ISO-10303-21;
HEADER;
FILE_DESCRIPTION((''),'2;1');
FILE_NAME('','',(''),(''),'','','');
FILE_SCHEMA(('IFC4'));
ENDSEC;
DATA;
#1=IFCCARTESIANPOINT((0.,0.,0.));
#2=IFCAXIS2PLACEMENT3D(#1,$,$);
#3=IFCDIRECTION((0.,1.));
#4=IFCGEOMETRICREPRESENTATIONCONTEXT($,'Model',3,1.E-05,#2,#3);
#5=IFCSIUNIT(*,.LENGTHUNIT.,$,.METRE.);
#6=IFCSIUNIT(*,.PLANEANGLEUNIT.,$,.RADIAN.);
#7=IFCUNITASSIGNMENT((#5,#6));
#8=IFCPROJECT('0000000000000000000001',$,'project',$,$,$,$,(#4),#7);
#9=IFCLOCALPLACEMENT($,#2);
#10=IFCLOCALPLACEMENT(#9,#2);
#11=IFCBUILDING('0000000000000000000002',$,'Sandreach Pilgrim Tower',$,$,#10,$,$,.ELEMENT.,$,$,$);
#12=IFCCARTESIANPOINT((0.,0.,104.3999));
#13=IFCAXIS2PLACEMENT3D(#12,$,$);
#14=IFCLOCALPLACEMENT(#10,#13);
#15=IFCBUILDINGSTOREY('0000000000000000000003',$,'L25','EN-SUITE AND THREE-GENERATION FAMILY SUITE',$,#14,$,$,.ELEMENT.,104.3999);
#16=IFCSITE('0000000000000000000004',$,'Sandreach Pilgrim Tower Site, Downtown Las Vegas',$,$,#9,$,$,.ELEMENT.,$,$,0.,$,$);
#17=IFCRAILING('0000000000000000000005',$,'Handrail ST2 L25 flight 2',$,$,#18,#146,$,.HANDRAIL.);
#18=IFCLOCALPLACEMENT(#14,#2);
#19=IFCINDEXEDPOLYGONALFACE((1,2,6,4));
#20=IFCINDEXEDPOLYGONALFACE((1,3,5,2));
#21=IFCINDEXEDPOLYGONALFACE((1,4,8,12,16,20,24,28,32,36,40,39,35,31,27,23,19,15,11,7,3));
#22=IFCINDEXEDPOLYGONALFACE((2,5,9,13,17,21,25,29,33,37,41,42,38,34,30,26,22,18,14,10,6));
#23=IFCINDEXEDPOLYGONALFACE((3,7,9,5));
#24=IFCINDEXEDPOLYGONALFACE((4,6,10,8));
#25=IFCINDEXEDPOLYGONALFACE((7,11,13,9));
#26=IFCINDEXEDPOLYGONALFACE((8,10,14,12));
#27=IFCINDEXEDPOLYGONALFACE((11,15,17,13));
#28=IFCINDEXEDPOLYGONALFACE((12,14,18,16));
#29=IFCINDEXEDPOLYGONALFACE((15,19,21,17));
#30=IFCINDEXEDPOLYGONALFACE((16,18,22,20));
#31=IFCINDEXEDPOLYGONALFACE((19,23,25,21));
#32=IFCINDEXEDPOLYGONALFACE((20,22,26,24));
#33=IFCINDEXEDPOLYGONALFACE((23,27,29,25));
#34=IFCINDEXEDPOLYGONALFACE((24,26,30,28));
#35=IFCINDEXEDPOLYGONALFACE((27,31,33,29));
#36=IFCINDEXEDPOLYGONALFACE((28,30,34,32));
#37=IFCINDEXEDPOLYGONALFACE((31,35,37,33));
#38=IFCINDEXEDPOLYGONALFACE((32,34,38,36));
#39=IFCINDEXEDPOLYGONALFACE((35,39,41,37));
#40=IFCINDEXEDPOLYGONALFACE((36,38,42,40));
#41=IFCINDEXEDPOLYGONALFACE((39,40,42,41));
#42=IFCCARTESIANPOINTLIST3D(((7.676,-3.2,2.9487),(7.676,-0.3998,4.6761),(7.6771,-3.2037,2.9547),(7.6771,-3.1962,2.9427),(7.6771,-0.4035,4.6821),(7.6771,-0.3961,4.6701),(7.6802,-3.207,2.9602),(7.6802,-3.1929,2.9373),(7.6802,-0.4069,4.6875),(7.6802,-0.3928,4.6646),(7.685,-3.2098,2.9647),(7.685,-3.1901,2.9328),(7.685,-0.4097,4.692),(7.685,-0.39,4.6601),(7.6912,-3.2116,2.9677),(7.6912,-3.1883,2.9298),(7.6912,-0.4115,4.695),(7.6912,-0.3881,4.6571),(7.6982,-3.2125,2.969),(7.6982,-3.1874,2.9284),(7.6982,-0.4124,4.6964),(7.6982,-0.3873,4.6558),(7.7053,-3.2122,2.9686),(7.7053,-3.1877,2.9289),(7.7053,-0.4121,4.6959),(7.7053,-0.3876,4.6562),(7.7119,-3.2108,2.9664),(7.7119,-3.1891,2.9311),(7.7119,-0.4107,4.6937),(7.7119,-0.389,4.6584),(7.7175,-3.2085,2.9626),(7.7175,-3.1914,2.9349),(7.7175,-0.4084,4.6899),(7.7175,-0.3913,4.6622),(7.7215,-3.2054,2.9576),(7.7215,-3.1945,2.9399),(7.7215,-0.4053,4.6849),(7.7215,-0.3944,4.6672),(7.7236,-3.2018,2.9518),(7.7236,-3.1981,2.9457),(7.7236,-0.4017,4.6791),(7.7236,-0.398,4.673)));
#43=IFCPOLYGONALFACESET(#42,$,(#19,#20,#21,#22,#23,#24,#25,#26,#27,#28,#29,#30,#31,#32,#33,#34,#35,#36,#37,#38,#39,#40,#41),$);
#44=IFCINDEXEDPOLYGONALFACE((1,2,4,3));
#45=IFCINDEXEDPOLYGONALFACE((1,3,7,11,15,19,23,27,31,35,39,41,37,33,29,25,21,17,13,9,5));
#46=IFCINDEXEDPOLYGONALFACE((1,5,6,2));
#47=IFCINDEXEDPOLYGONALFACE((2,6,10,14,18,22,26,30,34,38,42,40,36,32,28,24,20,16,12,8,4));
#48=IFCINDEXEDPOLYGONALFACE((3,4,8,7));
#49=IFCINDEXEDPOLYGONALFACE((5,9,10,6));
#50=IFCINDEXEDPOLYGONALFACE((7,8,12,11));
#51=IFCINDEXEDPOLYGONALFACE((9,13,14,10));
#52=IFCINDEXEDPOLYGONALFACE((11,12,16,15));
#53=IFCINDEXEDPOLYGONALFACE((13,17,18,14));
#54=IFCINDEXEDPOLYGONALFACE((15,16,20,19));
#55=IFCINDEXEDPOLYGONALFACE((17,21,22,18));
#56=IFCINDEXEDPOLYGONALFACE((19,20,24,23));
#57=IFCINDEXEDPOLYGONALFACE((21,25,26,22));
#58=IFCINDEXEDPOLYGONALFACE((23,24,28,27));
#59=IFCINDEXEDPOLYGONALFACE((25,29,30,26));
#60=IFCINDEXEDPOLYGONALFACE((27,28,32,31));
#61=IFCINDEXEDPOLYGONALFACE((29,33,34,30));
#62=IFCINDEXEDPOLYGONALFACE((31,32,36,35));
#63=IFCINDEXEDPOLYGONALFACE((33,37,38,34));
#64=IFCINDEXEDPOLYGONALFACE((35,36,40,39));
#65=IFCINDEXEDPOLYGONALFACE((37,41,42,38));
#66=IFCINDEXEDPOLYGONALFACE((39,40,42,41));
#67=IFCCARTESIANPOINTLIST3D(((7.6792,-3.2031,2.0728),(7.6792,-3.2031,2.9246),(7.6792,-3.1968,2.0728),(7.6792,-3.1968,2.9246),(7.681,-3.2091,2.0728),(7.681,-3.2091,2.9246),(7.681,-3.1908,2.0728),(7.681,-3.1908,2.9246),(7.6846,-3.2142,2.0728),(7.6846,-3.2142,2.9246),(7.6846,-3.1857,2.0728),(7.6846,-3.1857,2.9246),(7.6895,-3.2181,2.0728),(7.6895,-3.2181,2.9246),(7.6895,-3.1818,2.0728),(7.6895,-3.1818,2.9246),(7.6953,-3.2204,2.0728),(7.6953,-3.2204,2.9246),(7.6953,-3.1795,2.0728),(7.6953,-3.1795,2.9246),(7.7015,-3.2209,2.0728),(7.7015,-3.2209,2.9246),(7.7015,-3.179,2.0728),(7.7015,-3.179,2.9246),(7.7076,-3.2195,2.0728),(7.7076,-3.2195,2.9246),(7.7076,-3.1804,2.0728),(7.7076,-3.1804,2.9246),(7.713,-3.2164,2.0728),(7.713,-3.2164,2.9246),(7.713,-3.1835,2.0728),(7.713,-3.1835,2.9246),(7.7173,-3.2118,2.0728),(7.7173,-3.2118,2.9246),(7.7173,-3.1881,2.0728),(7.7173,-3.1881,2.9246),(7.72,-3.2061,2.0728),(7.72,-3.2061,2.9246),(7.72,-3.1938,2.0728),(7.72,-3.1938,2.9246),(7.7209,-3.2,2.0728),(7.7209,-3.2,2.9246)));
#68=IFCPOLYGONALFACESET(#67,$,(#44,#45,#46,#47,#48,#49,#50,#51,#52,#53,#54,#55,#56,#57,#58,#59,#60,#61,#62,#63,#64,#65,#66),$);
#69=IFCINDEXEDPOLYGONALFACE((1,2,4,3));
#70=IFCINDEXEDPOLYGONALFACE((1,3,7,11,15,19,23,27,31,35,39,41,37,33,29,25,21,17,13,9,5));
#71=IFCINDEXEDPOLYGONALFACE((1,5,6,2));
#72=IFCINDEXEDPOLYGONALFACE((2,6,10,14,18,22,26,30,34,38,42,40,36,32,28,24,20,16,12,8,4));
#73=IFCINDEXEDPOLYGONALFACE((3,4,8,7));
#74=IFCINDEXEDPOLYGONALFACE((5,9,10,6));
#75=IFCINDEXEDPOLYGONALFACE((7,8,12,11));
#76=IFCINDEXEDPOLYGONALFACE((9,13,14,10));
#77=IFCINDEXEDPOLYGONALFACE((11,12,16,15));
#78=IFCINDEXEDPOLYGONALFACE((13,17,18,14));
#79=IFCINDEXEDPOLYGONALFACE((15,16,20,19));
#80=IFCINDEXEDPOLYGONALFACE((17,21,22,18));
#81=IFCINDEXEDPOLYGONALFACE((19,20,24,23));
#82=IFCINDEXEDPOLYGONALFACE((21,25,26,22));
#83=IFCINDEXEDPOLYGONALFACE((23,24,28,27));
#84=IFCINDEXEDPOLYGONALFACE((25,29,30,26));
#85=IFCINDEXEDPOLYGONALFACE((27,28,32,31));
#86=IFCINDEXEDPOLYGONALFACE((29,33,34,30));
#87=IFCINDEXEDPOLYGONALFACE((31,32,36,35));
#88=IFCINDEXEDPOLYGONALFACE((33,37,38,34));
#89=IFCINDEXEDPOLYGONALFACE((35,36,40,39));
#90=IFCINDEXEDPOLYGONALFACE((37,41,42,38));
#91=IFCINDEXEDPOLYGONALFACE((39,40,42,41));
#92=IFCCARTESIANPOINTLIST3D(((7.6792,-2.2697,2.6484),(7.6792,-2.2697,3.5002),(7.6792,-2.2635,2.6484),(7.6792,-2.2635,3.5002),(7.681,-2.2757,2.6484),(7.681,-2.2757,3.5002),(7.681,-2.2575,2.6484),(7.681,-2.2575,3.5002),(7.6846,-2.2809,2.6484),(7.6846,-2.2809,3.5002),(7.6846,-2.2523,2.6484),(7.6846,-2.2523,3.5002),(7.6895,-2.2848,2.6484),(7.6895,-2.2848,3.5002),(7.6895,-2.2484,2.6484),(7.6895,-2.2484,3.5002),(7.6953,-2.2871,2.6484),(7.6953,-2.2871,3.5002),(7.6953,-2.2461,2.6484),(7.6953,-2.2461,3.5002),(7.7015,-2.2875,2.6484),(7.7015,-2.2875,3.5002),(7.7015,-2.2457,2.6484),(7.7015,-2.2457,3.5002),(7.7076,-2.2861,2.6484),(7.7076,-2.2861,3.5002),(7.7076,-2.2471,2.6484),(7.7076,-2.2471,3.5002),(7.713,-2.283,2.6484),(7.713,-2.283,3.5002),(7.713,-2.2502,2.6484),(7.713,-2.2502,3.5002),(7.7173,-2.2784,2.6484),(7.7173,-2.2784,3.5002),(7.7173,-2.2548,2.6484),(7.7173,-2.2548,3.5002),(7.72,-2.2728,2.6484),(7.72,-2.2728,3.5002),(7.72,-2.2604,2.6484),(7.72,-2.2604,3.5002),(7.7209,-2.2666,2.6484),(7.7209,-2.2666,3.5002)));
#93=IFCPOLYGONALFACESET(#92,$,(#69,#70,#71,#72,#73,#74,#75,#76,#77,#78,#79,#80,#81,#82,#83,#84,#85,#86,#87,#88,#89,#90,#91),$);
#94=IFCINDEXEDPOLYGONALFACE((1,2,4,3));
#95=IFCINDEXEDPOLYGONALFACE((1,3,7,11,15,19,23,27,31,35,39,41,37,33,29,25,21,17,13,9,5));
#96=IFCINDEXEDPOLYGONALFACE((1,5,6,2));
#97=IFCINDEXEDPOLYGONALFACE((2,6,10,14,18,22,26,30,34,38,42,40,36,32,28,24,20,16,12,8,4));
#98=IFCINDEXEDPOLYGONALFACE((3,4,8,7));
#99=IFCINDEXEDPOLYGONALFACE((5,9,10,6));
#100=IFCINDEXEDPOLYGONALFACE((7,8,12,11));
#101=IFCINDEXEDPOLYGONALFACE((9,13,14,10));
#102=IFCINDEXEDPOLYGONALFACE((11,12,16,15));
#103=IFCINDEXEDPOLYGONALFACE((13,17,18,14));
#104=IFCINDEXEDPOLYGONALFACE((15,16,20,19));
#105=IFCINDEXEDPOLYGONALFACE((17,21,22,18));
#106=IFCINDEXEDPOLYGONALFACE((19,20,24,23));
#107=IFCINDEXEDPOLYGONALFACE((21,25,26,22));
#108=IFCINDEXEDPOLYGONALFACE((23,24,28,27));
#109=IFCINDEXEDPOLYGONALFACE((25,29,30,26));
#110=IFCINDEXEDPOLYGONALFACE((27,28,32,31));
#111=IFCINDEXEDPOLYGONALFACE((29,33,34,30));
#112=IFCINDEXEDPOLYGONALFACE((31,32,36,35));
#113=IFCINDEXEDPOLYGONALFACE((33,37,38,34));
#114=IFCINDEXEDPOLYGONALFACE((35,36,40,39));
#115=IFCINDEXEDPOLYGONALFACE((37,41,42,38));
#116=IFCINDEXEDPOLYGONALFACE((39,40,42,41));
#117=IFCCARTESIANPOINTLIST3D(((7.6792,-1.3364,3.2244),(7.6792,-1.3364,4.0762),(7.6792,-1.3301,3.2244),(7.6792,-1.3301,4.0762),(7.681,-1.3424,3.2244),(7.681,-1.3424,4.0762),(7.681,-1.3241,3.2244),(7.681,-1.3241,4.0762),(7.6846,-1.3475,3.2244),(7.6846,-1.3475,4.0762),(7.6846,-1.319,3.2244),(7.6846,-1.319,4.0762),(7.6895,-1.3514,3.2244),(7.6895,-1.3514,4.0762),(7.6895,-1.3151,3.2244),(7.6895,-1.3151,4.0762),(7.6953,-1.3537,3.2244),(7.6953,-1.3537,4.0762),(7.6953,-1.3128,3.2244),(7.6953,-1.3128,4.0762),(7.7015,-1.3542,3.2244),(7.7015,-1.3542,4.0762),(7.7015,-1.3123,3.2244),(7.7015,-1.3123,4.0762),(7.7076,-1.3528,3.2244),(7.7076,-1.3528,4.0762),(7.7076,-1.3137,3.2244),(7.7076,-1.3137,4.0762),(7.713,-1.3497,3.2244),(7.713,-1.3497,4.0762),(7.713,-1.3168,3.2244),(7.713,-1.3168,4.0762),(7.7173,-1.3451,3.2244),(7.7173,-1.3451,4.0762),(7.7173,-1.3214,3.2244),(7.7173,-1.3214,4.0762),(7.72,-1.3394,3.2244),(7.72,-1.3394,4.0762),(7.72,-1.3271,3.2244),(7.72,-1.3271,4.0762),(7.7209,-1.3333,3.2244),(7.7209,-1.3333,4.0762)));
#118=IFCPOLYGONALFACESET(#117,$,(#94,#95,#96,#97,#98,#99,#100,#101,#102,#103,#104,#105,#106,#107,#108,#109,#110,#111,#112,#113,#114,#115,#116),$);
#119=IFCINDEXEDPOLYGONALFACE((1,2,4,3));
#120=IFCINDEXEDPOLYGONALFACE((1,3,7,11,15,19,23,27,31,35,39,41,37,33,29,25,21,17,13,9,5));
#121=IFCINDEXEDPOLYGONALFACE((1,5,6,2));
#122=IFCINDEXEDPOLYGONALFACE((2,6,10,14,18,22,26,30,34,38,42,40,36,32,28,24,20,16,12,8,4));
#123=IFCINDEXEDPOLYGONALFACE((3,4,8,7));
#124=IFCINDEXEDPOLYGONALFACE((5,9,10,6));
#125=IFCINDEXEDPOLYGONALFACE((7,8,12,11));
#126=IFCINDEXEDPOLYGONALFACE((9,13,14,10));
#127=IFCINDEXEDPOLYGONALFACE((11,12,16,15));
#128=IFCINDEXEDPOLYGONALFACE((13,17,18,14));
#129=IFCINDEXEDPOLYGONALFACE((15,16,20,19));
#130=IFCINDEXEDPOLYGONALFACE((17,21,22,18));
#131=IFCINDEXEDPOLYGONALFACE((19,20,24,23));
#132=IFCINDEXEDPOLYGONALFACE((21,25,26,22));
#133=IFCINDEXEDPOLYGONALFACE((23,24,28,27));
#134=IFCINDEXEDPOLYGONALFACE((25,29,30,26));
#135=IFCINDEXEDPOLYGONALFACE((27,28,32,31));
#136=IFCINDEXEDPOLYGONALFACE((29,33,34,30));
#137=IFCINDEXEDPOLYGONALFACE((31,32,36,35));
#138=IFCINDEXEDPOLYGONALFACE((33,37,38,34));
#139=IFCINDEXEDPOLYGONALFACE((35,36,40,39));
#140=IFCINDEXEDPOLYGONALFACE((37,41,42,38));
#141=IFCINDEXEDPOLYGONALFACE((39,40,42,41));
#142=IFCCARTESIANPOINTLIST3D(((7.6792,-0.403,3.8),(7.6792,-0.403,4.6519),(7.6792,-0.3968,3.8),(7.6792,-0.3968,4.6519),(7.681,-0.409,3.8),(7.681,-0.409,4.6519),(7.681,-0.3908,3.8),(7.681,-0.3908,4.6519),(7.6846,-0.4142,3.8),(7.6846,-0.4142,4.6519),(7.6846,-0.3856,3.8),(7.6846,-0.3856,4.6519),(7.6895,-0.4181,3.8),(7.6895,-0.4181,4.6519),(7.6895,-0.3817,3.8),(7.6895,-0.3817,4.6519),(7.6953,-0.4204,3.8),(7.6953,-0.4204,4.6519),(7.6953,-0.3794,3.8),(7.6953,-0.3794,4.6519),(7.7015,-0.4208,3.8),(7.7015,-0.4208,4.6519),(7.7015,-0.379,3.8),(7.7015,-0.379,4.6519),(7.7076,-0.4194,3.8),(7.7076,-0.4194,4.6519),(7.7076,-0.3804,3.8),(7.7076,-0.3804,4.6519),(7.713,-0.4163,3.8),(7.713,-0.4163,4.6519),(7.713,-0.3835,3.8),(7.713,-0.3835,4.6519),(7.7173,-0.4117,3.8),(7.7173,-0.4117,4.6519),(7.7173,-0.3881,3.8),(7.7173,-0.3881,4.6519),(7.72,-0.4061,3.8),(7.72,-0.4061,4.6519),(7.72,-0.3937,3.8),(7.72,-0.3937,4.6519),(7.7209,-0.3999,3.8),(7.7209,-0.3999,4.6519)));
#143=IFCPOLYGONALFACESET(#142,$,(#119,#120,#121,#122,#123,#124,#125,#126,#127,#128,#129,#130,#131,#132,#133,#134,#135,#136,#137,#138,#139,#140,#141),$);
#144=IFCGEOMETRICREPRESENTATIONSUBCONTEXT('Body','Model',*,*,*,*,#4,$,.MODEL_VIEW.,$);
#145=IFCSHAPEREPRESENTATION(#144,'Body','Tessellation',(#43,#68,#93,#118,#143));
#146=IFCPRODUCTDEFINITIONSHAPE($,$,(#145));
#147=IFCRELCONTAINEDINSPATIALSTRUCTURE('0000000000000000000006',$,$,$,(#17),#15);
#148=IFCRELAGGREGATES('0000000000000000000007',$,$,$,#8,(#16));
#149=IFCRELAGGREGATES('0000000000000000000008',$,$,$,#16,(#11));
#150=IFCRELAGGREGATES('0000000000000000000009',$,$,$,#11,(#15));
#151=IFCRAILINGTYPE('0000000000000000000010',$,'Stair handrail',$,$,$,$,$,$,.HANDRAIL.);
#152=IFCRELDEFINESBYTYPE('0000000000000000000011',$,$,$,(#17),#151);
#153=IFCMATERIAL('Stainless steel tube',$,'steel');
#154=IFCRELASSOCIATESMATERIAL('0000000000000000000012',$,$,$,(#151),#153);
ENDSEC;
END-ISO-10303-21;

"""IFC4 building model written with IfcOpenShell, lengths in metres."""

from ifc_helpers import new_model, si_unit, direction, frame, origin, origin_2d, place, context, subcontext, project, spatial, circle, extrude, material, type_object, element, save


model = new_model("IFC4")

# Units and contexts
model_context = context("Model", 3, precision=1e-05, world=origin(), true_north=direction((0.0, 1.0)))
body_context = subcontext(model_context, "Body", "Model", "MODEL_VIEW")
ifc_project = project(units=[si_unit("LENGTHUNIT", "METRE"), si_unit("PLANEANGLEUNIT", "RADIAN")], contexts=[model_context])

# Site, building, storey
site_placement = place(None, origin())
site = spatial("IfcSite", under=ifc_project, at=site_placement, Name="Sandreach Pilgrim Tower Site, Downtown Las Vegas", CompositionType="ELEMENT", RefElevation=0.0)
building_placement = place(site_placement, origin())
building = spatial("IfcBuilding", under=site, at=building_placement, Name="Sandreach Pilgrim Tower", CompositionType="ELEMENT")
storey_placement = place(building_placement, frame((0.0, 0.0, 104.3999)))
storey = spatial("IfcBuildingStorey", under=building, at=storey_placement, Name="L25", Description="EN-SUITE AND THREE-GENERATION FAMILY SUITE", CompositionType="ELEMENT", Elevation=104.3999)

# Railing
ifc_material_1 = material(Name="Stainless steel tube", Category="steel")
railing_type = type_object("IfcRailingType", Name="Stair handrail", PredefinedType="HANDRAIL", material=ifc_material_1)
for number, where, name in (
    (1, (7.7, -3.2, 2.0728), "Handrail ST2 L25 flight 2"),
):
    element("IfcRailing", number, at=place(storey_placement, frame(where)), inside=storey, type_object=railing_type, Name=name, PredefinedType="HANDRAIL", context=body_context, shape_type="SweptSolid", body=[
        extrude(circle(Radius=0.0239, at=origin_2d()), frame((0.0, 0.0, 0.876), z_axis=(0.0, 0.85109, 0.52502), x_axis=(-1.0, 0.0, 0.0)), (0.0, 0.0, 1.0), 3.29),
        extrude(circle(Radius=0.021, at=origin_2d()), origin(), (0.0, 0.0, 1.0), 0.8518),
        extrude(circle(Radius=0.021, at=origin_2d()), frame((0.0, 0.9333, 0.5757)), (0.0, 0.0, 1.0), 0.8518),
        extrude(circle(Radius=0.021, at=origin_2d()), frame((0.0, 1.8667, 1.1516)), (0.0, 0.0, 1.0), 0.8518),
        extrude(circle(Radius=0.021, at=origin_2d()), frame((0.0, 2.8, 1.7273)), (0.0, 0.0, 1.0), 0.8518),
    ])

save(model, "model.ifc")
